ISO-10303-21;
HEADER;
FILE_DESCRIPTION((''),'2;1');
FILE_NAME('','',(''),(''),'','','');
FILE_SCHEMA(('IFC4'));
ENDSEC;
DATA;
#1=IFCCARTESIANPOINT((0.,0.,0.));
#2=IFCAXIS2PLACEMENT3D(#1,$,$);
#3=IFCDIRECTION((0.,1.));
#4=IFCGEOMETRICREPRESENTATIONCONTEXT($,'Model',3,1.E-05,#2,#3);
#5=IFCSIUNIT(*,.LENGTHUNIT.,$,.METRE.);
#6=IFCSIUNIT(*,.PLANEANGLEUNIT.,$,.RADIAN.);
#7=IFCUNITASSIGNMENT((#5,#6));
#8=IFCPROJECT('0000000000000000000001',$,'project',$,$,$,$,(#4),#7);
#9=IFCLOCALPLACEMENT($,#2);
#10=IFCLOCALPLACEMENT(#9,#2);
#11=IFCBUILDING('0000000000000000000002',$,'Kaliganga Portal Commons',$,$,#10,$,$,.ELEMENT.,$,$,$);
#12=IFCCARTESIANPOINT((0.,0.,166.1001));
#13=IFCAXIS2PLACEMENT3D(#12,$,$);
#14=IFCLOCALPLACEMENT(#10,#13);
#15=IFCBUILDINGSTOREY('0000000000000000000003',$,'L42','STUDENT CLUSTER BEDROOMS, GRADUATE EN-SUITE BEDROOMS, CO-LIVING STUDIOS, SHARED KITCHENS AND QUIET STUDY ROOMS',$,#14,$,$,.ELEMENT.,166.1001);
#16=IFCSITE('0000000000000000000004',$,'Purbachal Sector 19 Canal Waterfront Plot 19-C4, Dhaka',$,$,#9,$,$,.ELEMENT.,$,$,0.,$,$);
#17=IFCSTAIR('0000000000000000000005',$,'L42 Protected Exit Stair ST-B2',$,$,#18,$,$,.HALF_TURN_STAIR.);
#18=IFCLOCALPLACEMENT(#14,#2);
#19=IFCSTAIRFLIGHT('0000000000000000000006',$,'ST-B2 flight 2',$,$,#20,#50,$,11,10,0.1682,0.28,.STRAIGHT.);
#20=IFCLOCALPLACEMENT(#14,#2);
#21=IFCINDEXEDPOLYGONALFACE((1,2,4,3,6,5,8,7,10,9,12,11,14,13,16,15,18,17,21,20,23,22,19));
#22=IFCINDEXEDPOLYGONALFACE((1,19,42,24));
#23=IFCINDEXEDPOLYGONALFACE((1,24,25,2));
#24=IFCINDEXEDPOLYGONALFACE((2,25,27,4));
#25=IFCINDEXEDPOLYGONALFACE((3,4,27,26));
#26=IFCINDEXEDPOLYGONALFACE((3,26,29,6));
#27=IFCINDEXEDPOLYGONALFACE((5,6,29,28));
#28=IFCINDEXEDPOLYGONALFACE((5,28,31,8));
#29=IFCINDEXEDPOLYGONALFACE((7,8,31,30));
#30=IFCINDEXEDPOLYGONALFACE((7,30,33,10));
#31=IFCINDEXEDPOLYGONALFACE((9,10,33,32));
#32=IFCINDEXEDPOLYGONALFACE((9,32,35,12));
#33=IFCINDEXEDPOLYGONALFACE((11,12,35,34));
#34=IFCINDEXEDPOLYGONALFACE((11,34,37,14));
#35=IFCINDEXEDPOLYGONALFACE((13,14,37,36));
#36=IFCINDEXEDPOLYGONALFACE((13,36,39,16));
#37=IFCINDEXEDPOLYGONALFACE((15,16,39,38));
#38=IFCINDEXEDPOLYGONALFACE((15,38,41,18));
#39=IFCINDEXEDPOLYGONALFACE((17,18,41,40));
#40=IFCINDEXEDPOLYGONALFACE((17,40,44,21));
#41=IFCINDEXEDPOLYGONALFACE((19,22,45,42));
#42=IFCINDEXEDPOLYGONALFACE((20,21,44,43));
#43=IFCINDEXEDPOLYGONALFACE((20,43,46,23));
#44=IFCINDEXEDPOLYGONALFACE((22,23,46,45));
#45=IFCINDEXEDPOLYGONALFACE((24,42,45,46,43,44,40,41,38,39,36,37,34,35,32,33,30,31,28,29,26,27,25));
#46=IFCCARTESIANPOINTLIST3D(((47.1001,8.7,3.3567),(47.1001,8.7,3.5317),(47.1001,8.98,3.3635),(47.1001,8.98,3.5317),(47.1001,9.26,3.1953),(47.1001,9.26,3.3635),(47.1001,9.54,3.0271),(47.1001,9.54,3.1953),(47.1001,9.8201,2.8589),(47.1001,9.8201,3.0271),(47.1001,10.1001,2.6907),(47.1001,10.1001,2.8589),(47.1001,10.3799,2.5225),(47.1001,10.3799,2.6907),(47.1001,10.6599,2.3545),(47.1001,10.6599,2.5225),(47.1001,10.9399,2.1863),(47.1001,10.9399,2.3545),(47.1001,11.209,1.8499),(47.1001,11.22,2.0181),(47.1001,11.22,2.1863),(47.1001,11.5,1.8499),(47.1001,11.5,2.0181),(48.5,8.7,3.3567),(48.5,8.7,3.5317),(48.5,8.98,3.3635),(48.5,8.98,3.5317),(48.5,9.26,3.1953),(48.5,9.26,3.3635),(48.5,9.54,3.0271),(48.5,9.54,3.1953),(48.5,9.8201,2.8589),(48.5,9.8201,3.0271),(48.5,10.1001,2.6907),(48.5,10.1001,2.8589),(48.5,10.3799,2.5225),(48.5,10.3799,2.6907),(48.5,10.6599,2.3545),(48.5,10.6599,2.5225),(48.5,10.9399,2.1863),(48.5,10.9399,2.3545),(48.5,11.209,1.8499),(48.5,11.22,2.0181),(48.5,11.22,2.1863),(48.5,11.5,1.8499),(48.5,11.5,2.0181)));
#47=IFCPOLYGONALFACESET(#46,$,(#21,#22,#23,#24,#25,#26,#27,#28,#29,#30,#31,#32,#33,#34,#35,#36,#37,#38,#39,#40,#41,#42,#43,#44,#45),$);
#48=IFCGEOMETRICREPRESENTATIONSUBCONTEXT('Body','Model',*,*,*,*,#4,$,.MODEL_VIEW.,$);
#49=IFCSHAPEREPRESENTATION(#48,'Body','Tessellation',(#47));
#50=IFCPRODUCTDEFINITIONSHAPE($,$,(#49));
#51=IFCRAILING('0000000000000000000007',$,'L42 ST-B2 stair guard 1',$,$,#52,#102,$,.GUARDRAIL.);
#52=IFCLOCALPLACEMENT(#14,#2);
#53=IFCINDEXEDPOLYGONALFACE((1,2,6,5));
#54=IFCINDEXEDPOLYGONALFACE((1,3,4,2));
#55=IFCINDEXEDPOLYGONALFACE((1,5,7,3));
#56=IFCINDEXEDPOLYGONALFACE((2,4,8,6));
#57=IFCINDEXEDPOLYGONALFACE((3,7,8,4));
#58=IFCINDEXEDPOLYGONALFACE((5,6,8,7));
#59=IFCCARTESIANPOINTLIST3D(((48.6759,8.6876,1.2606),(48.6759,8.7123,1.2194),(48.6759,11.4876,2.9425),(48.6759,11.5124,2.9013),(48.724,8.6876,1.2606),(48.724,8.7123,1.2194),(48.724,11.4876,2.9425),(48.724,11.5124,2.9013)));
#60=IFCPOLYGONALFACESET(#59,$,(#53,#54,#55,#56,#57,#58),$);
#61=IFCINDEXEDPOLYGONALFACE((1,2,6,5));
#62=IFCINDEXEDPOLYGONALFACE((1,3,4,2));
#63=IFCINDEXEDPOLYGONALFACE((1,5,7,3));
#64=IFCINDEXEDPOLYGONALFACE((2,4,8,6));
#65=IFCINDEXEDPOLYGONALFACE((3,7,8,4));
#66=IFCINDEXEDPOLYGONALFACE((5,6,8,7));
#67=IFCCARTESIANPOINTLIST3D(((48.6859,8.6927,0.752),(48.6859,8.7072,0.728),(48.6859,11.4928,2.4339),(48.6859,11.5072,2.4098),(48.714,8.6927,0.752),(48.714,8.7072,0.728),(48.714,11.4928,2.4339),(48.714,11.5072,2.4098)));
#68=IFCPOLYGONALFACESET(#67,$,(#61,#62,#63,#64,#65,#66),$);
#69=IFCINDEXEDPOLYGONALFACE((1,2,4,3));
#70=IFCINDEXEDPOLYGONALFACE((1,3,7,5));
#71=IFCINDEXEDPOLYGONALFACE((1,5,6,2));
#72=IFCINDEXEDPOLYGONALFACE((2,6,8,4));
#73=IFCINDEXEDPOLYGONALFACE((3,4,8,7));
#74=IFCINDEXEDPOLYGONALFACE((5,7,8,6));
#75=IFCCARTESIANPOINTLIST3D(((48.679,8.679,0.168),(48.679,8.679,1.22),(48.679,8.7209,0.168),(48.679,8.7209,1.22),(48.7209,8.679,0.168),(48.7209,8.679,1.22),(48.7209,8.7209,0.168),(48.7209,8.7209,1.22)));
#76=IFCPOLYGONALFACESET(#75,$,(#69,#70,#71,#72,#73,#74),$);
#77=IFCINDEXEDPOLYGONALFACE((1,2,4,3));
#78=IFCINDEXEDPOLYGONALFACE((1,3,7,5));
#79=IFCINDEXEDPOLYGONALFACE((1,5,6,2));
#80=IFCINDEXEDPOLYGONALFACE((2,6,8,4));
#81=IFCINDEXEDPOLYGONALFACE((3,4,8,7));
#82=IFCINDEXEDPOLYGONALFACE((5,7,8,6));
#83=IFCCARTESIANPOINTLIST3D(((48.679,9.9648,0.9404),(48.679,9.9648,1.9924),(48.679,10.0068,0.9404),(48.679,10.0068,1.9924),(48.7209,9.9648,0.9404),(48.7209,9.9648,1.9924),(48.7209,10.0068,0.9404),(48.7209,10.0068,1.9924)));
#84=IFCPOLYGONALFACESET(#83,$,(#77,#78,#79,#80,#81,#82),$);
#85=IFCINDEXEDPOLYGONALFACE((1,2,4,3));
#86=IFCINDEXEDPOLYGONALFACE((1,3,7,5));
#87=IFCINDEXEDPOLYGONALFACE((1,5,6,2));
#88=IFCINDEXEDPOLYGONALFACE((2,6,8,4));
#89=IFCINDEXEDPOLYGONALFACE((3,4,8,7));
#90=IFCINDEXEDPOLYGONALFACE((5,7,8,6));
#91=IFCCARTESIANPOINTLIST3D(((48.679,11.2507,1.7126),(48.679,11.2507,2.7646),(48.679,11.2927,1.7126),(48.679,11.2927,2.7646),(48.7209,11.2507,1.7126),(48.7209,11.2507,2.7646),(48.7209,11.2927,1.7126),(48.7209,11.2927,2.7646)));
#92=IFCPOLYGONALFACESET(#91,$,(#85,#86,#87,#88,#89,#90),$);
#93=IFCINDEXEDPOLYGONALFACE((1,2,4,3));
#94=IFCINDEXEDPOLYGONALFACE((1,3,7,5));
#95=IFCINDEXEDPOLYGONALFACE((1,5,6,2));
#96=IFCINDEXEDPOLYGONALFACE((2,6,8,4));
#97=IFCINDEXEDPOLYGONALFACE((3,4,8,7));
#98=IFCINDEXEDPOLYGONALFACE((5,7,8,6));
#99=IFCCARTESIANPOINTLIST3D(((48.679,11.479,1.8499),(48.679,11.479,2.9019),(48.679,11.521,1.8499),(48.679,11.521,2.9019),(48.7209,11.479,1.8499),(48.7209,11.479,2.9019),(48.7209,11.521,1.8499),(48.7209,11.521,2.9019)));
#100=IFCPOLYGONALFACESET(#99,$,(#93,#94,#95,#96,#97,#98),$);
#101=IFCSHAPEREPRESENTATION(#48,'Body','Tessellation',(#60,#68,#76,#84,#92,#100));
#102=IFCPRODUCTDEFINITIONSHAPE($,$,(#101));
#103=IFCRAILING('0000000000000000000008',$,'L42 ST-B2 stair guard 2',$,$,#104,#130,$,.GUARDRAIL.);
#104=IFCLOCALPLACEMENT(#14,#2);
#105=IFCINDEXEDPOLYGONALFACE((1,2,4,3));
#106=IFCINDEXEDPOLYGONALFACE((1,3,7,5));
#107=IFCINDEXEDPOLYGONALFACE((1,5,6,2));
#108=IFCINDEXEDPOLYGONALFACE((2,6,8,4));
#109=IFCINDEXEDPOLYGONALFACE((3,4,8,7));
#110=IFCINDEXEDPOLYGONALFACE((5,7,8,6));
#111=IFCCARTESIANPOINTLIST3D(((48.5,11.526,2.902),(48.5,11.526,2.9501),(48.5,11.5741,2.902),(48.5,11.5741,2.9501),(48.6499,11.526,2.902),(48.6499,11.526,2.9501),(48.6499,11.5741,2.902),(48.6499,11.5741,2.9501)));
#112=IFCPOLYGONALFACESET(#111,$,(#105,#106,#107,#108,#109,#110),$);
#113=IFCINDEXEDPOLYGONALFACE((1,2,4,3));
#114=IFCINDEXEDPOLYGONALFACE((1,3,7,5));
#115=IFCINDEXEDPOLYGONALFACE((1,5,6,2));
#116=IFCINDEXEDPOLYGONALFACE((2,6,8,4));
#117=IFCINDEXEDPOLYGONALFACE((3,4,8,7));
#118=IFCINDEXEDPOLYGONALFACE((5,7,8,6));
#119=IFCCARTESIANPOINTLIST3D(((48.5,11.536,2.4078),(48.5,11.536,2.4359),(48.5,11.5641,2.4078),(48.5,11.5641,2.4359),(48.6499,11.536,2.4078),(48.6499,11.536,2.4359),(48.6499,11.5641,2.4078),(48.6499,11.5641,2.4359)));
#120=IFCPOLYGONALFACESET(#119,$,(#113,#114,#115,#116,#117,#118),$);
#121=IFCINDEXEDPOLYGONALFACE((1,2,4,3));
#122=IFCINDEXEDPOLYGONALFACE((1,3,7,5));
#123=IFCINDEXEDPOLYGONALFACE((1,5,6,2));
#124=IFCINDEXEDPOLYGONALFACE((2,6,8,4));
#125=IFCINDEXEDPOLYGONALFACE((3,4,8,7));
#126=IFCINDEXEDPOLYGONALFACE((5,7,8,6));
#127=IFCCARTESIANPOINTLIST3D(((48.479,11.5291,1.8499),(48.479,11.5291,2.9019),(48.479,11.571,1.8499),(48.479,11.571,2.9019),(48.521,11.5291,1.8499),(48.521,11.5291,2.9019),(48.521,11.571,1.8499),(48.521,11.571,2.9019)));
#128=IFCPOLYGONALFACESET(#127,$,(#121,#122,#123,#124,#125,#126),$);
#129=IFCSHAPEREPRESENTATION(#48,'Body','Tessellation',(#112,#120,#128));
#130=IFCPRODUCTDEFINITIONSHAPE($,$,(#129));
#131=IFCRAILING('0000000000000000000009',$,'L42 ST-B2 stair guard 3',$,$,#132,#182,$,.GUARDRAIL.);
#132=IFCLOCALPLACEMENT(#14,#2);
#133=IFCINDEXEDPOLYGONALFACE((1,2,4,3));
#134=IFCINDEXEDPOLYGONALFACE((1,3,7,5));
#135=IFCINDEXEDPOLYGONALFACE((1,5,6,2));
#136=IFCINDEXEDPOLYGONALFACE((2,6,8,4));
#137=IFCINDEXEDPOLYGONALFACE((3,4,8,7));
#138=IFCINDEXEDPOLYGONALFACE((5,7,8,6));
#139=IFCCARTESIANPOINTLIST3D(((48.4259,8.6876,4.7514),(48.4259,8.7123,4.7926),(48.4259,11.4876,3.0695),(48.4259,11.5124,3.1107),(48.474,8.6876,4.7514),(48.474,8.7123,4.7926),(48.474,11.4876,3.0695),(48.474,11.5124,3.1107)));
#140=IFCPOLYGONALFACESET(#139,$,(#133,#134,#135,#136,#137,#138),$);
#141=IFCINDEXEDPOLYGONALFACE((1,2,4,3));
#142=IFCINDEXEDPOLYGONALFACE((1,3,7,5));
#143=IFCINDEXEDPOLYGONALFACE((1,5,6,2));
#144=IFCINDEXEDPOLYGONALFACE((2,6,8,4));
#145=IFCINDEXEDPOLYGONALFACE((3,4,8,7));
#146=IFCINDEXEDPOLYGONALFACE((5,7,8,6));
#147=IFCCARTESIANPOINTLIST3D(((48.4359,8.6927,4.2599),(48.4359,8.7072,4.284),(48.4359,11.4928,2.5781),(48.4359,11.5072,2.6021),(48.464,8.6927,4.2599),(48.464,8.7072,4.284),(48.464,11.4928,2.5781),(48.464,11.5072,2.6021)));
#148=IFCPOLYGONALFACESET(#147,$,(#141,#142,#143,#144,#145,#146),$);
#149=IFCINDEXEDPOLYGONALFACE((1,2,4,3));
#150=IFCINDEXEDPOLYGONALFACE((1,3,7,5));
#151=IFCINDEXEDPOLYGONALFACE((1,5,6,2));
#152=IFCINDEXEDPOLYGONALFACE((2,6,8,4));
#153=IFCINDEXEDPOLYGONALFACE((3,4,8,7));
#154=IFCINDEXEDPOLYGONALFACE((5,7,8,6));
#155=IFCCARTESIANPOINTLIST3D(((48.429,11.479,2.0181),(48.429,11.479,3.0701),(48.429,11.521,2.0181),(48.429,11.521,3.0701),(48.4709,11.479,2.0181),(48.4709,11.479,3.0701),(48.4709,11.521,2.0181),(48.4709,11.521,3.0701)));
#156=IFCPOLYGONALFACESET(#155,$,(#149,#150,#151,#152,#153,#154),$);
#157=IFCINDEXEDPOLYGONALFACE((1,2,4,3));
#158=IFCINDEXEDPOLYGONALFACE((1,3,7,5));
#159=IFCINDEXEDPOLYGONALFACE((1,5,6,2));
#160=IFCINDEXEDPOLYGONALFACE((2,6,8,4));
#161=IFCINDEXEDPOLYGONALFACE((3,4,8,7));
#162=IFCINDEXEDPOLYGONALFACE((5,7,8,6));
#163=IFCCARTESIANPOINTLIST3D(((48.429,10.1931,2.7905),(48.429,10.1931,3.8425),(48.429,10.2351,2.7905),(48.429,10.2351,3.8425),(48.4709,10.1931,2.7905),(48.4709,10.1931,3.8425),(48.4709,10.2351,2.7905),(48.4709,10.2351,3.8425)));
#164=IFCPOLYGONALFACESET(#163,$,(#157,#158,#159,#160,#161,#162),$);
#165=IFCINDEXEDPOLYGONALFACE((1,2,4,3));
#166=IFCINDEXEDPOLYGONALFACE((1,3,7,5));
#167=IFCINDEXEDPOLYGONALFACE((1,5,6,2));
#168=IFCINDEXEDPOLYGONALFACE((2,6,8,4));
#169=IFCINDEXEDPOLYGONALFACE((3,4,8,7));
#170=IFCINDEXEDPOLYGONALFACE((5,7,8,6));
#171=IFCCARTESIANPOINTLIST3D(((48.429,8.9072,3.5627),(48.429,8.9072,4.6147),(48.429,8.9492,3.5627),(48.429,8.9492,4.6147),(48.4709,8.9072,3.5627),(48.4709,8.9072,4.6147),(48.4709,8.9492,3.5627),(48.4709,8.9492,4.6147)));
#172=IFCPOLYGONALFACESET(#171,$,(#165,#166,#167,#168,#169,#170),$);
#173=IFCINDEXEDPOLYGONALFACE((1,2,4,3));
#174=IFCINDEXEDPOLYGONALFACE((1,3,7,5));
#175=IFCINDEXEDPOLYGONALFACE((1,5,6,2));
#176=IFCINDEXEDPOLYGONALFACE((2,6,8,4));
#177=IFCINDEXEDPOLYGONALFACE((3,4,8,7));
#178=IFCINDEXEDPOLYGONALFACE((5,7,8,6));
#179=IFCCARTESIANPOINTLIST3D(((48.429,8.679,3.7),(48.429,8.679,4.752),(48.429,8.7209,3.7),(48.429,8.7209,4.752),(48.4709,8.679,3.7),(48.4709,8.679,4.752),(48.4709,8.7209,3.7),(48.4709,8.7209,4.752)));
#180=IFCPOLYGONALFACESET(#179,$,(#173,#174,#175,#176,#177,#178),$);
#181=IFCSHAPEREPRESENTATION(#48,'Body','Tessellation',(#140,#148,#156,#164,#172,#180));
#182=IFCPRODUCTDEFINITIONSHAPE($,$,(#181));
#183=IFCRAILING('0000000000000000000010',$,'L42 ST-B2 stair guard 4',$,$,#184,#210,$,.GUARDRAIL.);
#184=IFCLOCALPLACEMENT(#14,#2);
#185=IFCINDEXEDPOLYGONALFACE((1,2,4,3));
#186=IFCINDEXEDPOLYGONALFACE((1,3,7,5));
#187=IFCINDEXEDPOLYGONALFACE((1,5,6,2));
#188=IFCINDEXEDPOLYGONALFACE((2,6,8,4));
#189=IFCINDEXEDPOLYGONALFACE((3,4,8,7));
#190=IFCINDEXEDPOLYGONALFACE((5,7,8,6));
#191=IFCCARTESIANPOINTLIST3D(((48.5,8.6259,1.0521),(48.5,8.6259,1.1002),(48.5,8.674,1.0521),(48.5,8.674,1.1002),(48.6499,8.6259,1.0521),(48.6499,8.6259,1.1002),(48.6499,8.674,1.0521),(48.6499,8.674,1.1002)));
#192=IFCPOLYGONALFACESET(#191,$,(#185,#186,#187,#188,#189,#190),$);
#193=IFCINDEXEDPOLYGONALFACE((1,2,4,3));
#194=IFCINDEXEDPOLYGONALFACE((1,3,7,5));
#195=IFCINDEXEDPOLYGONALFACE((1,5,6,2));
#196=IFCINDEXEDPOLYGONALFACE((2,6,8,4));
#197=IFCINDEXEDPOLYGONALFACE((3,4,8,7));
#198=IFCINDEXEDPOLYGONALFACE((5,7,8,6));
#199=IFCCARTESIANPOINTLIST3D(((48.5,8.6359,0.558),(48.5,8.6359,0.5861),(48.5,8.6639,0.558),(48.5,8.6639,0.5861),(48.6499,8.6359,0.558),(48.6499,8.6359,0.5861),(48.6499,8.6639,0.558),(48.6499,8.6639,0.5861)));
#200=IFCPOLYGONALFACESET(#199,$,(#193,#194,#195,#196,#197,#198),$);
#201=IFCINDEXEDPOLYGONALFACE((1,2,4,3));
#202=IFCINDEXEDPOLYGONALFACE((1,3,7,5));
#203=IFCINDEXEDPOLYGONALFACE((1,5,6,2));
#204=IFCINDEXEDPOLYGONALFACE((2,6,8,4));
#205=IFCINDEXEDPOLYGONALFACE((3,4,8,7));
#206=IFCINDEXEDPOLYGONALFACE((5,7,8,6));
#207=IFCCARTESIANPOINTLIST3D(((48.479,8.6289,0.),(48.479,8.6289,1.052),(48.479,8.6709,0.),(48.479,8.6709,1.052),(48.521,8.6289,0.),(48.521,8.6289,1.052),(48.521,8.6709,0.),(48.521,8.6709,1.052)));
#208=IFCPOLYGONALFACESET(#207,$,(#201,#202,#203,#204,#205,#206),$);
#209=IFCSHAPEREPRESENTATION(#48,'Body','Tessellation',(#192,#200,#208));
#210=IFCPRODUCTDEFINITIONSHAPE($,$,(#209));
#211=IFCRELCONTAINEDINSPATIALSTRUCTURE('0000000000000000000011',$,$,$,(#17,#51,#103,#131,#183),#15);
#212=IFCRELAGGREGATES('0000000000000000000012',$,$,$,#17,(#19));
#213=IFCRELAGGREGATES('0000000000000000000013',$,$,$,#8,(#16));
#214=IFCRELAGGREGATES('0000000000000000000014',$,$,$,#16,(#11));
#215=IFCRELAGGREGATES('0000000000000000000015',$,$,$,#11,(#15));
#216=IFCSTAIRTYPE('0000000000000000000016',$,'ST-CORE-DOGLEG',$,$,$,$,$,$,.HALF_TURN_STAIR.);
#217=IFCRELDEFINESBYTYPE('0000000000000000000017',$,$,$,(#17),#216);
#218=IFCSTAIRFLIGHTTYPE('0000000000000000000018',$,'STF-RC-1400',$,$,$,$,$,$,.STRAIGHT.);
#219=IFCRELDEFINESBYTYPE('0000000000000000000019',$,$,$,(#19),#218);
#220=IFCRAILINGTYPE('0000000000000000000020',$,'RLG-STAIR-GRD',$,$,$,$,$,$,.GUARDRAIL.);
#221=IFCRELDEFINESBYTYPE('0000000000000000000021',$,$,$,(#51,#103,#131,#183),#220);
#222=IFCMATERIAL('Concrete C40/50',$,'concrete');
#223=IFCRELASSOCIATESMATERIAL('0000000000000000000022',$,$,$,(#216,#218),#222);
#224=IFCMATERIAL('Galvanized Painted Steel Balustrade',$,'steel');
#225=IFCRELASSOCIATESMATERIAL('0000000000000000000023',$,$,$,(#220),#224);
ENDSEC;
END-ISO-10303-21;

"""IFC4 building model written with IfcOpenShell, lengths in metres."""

from ifc_helpers import new_model, si_unit, direction, frame, origin, origin_2d, place, context, subcontext, project, spatial, polyline, rectangle, outline, extrude, material, type_object, element, aggregate, save


model = new_model("IFC4")

# Units and contexts
model_context = context("Model", 3, precision=1e-05, world=origin(), true_north=direction((0.0, 1.0)))
body_context = subcontext(model_context, "Body", "Model", "MODEL_VIEW")
ifc_project = project(units=[si_unit("LENGTHUNIT", "METRE"), si_unit("PLANEANGLEUNIT", "RADIAN")], contexts=[model_context])

# Site, building, storey
site_placement = place(None, origin())
site = spatial("IfcSite", under=ifc_project, at=site_placement, Name="Purbachal Sector 19 Canal Waterfront Plot 19-C4, Dhaka", CompositionType="ELEMENT", RefElevation=0.0)
building_placement = place(site_placement, origin())
building = spatial("IfcBuilding", under=site, at=building_placement, Name="Kaliganga Portal Commons", CompositionType="ELEMENT")
storey_placement = place(building_placement, frame((0.0, 0.0, 166.1001)))
storey = spatial("IfcBuildingStorey", under=building, at=storey_placement, Name="L42", Description="STUDENT CLUSTER BEDROOMS, GRADUATE EN-SUITE BEDROOMS, CO-LIVING STUDIOS, SHARED KITCHENS AND QUIET STUDY ROOMS", CompositionType="ELEMENT", Elevation=166.1001)

# Stair, stair flight
ifc_material_1 = material(Name="Concrete C40/50", Category="concrete")
stair_type = type_object("IfcStairType", Name="ST-CORE-DOGLEG", PredefinedType="HALF_TURN_STAIR", material=ifc_material_1)
stair_placement = place(storey_placement, origin())
stair = element("IfcStair", 1, at=stair_placement, inside=storey, type_object=stair_type, Name="L42 Protected Exit Stair ST-B2", PredefinedType="HALF_TURN_STAIR")
stair_flight_type = type_object("IfcStairFlightType", Name="STF-RC-1400", PredefinedType="STRAIGHT", material=ifc_material_1)
stair_flight_1_placement = place(storey_placement, frame((47.8, 11.5, 1.8499), z_axis=(0.0, 0.0, 1.0), x_axis=(0.0, -1.0, 0.0)))
stair_flight_1 = element("IfcStairFlight", 2, at=stair_flight_1_placement, type_object=stair_flight_type, Name="ST-B2 flight 2", NumberOfRisers=11, NumberOfTreads=10, PredefinedType="STRAIGHT", RiserHeight=0.1682, TreadLength=0.28, context=body_context, shape_type="SweptSolid", body=[
    extrude(outline(polyline([(0.0, 0.0), (0.0, 0.1682), (0.28, 0.1682), (0.28, 0.3364), (0.5601, 0.3364), (0.5601, 0.5046), (0.8401, 0.5046), (0.8401, 0.6726), (1.1201, 0.6726), (1.1201, 0.8408), (1.3999, 0.8408), (1.3999, 1.009), (1.6799, 1.009), (1.6799, 1.1772), (1.96, 1.1772), (1.96, 1.3455), (2.24, 1.3455), (2.24, 1.5137), (2.52, 1.5137), (2.52, 1.6819), (2.8, 1.6819), (2.8, 1.8501), (2.8, 1.5068), (0.291, 0.0), (0.0, 0.0)])), frame((0.0, 0.7, 0.0), z_axis=(0.0, -1.0, 0.0), x_axis=(1.0, 0.0, 0.0)), (0.0, 0.0, 1.0), 1.3999),
])
aggregate(stair, [stair_flight_1])

# Railings
ifc_material_2 = material(Name="Galvanized Painted Steel Balustrade", Category="steel")
railing_type_1 = type_object("IfcRailingType", Name="RLG-STAIR-GRD", PredefinedType="GUARDRAIL", material=ifc_material_2)
railing_1_placement = place(storey_placement, frame((48.7, 8.7, 0.168)))
element("IfcRailing", 3, at=railing_1_placement, inside=storey, type_object=railing_type_1, Name="L42 ST-B2 stair guard 1", PredefinedType="GUARDRAIL", context=body_context, shape_type="SweptSolid", body=[
    extrude(rectangle(XDim=0.0481, YDim=0.0481, at=origin_2d()), frame((0.0, 0.0, 1.072), z_axis=(0.0, 0.857242, 0.514913), x_axis=(-1.0, 0.0, 0.0)), (0.0, 0.0, 1.0), 3.2664),
    extrude(rectangle(XDim=0.0281, YDim=0.0281, at=origin_2d()), frame((0.0, 0.0, 0.572), z_axis=(0.0, 0.857242, 0.514913), x_axis=(-1.0, 0.0, 0.0)), (0.0, 0.0, 1.0), 3.2664),
    extrude(rectangle(XDim=0.042, YDim=0.042, at=origin_2d()), origin(), (0.0, 0.0, 1.0), 1.052),
    extrude(rectangle(XDim=0.042, YDim=0.042, at=origin_2d()), frame((0.0, 1.2859, 0.7725)), (0.0, 0.0, 1.0), 1.052),
    extrude(rectangle(XDim=0.042, YDim=0.042, at=origin_2d()), frame((0.0, 2.5718, 1.5447)), (0.0, 0.0, 1.0), 1.052),
    extrude(rectangle(XDim=0.042, YDim=0.042, at=origin_2d()), frame((0.0, 2.8, 1.6819)), (0.0, 0.0, 1.0), 1.052),
])
railing_2_placement = place(storey_placement, frame((48.6499, 11.55, 1.8499)))
element("IfcRailing", 4, at=railing_2_placement, inside=storey, type_object=railing_type_1, Name="L42 ST-B2 stair guard 2", PredefinedType="GUARDRAIL", context=body_context, shape_type="SweptSolid", body=[
    extrude(rectangle(XDim=0.0481, YDim=0.0481, at=origin_2d()), frame((0.0, 0.0, 1.0762), z_axis=(-1.0, 0.0, 0.0), x_axis=(0.0, -1.0, 0.0)), (0.0, 0.0, 1.0), 0.1499),
    extrude(rectangle(XDim=0.0281, YDim=0.0281, at=origin_2d()), frame((0.0, 0.0, 0.572), z_axis=(-1.0, 0.0, 0.0), x_axis=(0.0, -1.0, 0.0)), (0.0, 0.0, 1.0), 0.1499),
    extrude(rectangle(XDim=0.042, YDim=0.042, at=origin_2d()), frame((-0.1499, 0.0, 0.0)), (0.0, 0.0, 1.0), 1.052),
])
railing_3_placement = place(storey_placement, frame((48.45, 11.5, 2.0181)))
element("IfcRailing", 5, at=railing_3_placement, inside=storey, type_object=railing_type_1, Name="L42 ST-B2 stair guard 3", PredefinedType="GUARDRAIL", context=body_context, shape_type="SweptSolid", body=[
    extrude(rectangle(XDim=0.0481, YDim=0.0481, at=origin_2d()), frame((0.0, 0.0, 1.072), z_axis=(0.0, -0.857242, 0.514913), x_axis=(1.0, 0.0, 0.0)), (0.0, 0.0, 1.0), 3.2664),
    extrude(rectangle(XDim=0.0281, YDim=0.0281, at=origin_2d()), frame((0.0, 0.0, 0.572), z_axis=(0.0, -0.857242, 0.514913), x_axis=(1.0, 0.0, 0.0)), (0.0, 0.0, 1.0), 3.2664),
    extrude(rectangle(XDim=0.042, YDim=0.042, at=origin_2d()), origin(), (0.0, 0.0, 1.0), 1.052),
    extrude(rectangle(XDim=0.042, YDim=0.042, at=origin_2d()), frame((0.0, -1.2859, 0.7725)), (0.0, 0.0, 1.0), 1.052),
    extrude(rectangle(XDim=0.042, YDim=0.042, at=origin_2d()), frame((0.0, -2.5718, 1.5447)), (0.0, 0.0, 1.0), 1.052),
    extrude(rectangle(XDim=0.042, YDim=0.042, at=origin_2d()), frame((0.0, -2.8, 1.6819)), (0.0, 0.0, 1.0), 1.052),
])
railing_4_placement = place(storey_placement, frame((48.6499, 8.6499, 0.0)))
element("IfcRailing", 6, at=railing_4_placement, inside=storey, type_object=railing_type_1, Name="L42 ST-B2 stair guard 4", PredefinedType="GUARDRAIL", context=body_context, shape_type="SweptSolid", body=[
    extrude(rectangle(XDim=0.0481, YDim=0.0481, at=origin_2d()), frame((0.0, 0.0, 1.0762), z_axis=(-1.0, 0.0, 0.0), x_axis=(0.0, -1.0, 0.0)), (0.0, 0.0, 1.0), 0.1499),
    extrude(rectangle(XDim=0.0281, YDim=0.0281, at=origin_2d()), frame((0.0, 0.0, 0.572), z_axis=(-1.0, 0.0, 0.0), x_axis=(0.0, -1.0, 0.0)), (0.0, 0.0, 1.0), 0.1499),
    extrude(rectangle(XDim=0.042, YDim=0.042, at=origin_2d()), frame((-0.1499, 0.0, 0.0)), (0.0, 0.0, 1.0), 1.052),
])

save(model, "model.ifc")
